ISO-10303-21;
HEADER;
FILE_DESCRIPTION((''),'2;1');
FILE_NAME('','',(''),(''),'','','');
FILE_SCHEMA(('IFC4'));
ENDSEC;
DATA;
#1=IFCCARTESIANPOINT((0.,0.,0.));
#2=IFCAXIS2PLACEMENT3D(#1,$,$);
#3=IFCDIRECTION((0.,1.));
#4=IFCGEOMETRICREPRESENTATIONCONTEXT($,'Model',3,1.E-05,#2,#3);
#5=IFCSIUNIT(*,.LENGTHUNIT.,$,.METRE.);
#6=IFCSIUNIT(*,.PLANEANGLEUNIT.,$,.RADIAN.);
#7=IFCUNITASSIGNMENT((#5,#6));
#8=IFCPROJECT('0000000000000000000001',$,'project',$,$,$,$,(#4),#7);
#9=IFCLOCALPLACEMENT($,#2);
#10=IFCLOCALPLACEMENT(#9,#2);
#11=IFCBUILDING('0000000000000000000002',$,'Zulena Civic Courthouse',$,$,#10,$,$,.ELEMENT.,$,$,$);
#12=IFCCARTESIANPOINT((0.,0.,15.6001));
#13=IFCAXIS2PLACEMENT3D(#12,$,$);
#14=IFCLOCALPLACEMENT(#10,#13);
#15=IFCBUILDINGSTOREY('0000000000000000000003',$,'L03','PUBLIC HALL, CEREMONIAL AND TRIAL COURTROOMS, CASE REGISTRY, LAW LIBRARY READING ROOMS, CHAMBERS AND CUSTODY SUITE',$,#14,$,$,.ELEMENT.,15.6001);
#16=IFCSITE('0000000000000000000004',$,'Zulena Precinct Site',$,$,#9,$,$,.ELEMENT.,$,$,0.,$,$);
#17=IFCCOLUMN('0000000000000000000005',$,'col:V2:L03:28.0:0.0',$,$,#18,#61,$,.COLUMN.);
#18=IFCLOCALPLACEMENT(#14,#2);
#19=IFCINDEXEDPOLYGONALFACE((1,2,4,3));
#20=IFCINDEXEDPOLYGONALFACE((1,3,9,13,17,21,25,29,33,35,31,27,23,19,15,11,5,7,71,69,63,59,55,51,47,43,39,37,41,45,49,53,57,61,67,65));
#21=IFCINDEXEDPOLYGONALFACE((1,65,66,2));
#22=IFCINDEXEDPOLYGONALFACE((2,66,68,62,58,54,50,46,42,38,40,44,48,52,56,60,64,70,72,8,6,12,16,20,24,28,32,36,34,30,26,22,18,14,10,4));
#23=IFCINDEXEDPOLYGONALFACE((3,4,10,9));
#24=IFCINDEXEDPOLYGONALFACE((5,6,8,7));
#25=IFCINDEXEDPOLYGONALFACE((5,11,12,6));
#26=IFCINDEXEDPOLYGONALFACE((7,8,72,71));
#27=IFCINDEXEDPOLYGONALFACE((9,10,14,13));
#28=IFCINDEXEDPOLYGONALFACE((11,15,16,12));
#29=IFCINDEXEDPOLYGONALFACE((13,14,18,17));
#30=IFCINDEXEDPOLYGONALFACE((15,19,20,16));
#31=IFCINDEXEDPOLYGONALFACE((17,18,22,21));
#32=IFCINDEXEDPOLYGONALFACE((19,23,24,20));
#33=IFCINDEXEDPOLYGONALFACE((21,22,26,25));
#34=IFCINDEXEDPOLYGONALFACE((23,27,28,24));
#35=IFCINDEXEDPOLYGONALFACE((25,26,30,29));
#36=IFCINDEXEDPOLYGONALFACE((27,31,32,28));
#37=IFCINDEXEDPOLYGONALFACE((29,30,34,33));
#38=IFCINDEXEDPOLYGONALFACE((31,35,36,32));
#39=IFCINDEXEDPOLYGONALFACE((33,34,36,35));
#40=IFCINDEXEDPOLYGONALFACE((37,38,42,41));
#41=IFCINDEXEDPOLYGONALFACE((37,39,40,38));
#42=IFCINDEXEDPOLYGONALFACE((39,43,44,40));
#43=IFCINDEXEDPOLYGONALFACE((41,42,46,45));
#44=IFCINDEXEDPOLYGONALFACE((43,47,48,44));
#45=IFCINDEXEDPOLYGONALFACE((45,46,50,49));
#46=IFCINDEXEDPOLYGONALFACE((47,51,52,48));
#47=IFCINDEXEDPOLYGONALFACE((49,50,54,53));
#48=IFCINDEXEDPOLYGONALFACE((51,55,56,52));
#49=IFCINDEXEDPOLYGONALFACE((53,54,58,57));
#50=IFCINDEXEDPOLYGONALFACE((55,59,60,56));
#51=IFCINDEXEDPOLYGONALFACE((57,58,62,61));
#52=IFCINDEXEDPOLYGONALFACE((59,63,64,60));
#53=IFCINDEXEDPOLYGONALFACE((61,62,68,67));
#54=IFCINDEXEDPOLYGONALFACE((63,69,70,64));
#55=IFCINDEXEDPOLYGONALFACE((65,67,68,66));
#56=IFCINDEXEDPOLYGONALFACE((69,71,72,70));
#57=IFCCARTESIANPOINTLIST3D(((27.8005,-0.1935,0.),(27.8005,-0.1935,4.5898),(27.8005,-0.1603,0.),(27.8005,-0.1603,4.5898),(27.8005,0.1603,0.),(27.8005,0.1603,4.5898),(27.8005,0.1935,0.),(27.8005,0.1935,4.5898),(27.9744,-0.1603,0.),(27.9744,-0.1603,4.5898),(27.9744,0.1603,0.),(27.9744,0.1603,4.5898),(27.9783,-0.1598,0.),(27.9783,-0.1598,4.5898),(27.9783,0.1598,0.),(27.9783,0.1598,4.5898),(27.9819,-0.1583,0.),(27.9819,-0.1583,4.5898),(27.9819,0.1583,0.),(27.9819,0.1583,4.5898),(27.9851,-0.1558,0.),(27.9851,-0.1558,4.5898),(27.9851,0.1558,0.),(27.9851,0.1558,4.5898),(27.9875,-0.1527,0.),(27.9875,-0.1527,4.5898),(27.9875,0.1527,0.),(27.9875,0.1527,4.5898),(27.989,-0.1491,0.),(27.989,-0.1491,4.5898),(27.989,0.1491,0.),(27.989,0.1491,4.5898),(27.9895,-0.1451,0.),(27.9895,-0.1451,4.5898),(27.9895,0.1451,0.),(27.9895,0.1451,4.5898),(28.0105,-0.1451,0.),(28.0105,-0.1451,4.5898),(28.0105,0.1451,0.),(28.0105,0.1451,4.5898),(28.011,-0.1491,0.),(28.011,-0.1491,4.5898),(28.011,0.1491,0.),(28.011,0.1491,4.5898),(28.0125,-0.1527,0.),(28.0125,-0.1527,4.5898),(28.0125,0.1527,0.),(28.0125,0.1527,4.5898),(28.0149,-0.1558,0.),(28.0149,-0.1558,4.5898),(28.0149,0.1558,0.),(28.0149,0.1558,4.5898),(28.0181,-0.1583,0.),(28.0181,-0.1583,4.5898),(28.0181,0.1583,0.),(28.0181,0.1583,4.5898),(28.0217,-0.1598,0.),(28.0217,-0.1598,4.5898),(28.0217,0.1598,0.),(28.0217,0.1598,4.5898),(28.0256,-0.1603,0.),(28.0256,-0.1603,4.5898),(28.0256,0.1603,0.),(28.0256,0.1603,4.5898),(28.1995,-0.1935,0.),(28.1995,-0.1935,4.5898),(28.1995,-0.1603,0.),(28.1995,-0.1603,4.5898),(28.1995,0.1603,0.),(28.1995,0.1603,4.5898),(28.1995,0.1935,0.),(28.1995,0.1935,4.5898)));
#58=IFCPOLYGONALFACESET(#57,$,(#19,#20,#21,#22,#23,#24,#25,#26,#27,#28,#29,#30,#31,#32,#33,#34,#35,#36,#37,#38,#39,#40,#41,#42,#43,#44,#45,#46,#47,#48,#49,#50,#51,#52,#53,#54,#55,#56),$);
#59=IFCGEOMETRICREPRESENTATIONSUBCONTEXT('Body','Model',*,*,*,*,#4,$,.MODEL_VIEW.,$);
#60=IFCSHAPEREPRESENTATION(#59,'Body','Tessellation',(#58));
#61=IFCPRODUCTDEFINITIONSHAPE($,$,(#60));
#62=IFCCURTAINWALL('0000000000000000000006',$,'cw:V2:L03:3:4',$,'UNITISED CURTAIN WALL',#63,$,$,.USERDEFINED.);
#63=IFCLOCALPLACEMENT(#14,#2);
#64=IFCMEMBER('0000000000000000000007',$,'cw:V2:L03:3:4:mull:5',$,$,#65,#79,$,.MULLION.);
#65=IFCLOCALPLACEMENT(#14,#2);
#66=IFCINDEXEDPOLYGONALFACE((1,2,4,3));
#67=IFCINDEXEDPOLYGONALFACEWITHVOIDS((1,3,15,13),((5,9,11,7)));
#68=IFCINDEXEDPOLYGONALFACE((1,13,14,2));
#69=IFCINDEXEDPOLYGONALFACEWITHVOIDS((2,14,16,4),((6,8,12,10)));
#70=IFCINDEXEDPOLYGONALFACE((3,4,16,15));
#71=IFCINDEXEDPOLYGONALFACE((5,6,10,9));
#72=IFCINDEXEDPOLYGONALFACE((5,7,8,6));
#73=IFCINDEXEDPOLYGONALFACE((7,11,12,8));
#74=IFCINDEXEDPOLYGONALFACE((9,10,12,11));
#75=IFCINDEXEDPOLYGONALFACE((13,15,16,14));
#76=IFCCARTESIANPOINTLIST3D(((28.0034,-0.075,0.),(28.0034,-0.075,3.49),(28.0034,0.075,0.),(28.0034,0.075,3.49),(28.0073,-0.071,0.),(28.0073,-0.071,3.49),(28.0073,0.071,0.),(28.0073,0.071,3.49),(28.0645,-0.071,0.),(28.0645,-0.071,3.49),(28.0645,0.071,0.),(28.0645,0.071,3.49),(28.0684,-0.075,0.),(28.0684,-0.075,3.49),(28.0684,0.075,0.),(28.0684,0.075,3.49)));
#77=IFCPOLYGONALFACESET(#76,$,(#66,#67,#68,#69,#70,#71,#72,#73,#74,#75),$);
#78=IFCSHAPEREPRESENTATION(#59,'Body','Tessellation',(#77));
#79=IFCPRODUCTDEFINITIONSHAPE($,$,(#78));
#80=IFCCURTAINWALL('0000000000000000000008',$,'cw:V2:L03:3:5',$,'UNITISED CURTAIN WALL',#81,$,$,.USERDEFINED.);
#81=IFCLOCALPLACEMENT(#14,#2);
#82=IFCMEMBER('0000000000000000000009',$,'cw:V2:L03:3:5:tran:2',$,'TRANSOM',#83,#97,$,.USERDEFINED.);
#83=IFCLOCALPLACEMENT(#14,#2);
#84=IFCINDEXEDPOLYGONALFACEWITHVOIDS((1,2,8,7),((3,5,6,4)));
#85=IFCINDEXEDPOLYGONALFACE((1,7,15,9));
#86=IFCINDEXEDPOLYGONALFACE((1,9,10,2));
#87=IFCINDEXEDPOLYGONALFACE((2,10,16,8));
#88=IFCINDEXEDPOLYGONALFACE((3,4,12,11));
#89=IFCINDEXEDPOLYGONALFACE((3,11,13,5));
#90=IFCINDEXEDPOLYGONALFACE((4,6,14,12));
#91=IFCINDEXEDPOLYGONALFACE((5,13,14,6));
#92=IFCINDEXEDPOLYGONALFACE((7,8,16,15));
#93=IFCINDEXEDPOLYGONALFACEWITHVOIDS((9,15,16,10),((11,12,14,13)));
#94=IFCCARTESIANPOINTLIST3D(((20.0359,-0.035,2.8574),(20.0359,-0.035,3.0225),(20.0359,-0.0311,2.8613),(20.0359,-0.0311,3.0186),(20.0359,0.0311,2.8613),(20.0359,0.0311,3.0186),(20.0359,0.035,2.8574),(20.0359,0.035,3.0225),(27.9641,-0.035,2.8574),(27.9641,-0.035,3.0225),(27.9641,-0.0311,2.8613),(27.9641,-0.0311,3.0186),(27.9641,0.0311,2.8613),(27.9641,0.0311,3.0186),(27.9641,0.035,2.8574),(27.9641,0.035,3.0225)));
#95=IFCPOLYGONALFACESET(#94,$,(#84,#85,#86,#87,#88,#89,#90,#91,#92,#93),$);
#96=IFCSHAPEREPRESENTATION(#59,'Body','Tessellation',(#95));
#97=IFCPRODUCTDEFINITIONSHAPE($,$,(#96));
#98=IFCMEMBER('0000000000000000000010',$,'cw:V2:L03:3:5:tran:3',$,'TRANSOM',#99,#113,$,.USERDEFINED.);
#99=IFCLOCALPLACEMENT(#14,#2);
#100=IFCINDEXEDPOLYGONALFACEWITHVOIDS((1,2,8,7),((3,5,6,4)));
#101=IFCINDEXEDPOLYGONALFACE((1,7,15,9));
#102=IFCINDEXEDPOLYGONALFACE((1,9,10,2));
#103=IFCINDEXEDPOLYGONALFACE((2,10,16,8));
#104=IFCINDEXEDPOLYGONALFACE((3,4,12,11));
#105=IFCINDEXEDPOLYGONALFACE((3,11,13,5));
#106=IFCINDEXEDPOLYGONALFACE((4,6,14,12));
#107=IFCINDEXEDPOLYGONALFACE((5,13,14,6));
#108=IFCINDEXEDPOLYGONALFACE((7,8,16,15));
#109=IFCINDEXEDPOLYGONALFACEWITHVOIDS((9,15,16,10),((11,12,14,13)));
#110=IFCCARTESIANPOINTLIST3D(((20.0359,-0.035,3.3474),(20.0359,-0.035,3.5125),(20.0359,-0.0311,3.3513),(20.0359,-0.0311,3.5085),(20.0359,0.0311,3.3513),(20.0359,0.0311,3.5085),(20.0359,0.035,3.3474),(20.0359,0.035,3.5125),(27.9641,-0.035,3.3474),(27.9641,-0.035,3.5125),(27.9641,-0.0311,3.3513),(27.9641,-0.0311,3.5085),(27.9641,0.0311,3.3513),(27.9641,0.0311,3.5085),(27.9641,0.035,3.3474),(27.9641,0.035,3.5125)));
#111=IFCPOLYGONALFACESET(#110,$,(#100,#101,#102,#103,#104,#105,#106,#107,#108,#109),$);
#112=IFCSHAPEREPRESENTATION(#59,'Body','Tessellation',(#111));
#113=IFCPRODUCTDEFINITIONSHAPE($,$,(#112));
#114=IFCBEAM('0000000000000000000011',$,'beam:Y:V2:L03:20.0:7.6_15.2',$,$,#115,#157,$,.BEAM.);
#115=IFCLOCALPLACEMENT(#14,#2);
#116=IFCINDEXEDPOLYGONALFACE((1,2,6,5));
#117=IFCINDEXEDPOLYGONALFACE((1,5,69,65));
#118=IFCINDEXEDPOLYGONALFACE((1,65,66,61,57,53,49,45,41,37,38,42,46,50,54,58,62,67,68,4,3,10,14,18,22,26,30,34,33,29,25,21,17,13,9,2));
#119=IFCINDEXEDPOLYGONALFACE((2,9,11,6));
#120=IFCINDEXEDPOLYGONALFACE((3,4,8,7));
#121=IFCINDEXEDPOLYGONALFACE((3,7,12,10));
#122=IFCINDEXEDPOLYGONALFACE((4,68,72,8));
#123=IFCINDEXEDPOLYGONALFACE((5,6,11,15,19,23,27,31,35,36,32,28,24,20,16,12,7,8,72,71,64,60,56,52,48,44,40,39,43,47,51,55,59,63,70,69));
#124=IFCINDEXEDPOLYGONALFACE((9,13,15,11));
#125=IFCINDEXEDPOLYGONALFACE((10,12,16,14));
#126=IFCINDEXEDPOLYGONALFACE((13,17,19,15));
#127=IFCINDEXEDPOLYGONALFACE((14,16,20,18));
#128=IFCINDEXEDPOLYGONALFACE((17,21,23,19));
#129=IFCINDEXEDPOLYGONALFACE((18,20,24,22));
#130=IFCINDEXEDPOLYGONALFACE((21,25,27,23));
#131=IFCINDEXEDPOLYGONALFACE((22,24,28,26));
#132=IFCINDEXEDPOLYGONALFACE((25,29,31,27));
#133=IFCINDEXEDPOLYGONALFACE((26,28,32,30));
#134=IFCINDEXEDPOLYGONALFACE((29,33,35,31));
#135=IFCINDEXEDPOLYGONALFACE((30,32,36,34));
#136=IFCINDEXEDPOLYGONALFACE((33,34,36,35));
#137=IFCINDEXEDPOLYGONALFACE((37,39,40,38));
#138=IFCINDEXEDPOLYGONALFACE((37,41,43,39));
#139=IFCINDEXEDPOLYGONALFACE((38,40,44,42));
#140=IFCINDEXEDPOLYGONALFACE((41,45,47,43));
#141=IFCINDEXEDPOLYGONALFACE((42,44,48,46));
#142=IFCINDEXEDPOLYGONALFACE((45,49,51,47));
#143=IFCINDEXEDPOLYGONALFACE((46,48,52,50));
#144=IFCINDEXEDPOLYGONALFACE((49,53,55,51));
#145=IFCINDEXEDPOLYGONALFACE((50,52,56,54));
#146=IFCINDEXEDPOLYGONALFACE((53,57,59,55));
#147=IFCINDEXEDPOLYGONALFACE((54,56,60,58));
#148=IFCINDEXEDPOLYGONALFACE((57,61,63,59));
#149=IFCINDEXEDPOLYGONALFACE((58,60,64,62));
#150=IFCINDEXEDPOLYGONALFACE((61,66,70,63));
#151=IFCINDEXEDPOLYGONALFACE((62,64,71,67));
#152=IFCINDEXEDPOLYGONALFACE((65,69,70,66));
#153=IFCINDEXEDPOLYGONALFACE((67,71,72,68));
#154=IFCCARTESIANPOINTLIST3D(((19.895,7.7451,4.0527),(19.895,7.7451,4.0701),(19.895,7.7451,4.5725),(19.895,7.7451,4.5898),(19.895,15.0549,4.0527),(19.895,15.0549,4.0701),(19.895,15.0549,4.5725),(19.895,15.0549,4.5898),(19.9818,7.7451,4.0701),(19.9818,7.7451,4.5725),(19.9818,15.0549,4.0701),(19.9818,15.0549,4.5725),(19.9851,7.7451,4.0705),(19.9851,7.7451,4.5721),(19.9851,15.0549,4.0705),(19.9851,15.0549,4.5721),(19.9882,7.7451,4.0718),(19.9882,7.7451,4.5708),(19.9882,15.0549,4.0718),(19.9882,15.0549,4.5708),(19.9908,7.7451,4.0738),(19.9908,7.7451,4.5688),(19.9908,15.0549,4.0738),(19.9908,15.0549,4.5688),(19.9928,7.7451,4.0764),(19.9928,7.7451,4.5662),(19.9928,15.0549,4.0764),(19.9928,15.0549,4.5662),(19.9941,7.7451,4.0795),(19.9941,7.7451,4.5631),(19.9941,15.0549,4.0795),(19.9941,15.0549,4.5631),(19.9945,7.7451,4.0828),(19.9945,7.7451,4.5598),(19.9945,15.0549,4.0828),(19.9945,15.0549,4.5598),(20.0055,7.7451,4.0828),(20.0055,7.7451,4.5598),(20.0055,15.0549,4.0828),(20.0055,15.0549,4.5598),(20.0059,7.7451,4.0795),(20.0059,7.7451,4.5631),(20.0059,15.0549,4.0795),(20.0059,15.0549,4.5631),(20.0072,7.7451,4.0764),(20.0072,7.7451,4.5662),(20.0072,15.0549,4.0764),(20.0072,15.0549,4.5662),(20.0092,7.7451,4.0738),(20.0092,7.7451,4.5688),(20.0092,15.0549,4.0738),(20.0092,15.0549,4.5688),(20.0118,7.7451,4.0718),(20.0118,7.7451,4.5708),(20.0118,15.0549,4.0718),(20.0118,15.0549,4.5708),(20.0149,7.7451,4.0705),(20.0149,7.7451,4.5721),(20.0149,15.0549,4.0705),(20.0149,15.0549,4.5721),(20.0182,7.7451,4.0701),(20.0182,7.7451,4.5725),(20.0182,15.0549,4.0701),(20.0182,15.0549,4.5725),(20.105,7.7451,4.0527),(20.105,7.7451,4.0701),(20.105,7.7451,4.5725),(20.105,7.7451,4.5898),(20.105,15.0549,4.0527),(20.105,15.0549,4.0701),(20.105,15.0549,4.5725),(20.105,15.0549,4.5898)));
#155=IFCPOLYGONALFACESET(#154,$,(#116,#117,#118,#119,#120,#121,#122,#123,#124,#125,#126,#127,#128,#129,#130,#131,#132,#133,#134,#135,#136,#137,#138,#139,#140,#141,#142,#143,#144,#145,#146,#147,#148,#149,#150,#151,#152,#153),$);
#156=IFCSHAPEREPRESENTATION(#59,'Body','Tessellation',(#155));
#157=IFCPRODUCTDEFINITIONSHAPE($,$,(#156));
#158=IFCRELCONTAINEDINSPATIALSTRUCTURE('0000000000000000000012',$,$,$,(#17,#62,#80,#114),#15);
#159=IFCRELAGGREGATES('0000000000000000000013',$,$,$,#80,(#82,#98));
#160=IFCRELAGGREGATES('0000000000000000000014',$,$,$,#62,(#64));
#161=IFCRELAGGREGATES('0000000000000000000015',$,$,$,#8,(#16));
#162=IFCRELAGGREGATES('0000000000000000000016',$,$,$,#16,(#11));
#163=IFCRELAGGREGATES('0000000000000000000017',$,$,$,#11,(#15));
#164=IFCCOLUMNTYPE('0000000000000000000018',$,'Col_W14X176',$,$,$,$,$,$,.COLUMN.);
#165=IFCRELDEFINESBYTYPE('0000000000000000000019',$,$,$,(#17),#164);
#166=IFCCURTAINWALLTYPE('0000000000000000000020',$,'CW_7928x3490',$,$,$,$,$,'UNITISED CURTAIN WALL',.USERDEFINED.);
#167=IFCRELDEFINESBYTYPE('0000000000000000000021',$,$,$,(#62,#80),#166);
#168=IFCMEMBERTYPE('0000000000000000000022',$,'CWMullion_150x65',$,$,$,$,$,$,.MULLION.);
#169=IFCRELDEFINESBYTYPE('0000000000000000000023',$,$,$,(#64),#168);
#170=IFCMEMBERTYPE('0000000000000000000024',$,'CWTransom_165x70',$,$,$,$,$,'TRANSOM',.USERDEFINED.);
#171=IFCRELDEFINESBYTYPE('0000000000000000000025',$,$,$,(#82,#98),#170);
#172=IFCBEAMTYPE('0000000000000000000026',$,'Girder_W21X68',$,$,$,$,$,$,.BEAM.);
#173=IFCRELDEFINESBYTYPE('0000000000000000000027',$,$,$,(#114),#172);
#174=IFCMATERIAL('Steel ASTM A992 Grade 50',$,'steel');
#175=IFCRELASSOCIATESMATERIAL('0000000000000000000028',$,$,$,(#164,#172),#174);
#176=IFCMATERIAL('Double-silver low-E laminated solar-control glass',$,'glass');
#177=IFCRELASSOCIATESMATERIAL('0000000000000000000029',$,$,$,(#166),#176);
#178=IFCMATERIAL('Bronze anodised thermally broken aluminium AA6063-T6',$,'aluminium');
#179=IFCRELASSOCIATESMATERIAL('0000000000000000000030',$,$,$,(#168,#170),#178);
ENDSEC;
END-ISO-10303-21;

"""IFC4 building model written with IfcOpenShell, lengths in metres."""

from ifc_helpers import new_model, si_unit, direction, frame, origin, origin_2d, place, context, subcontext, project, spatial, hollow_rectangle, i_section, extrude, material, material_profile, profile_set, type_object, element, aggregate, save


model = new_model("IFC4")

# Units and contexts
model_context = context("Model", 3, precision=1e-05, world=origin(), true_north=direction((0.0, 1.0)))
body_context = subcontext(model_context, "Body", "Model", "MODEL_VIEW")
ifc_project = project(units=[si_unit("LENGTHUNIT", "METRE"), si_unit("PLANEANGLEUNIT", "RADIAN")], contexts=[model_context])

# Site, building, storey
site_placement = place(None, origin())
site = spatial("IfcSite", under=ifc_project, at=site_placement, Name="Zulena Precinct Site", CompositionType="ELEMENT", RefElevation=0.0)
building_placement = place(site_placement, origin())
building = spatial("IfcBuilding", under=site, at=building_placement, Name="Zulena Civic Courthouse", CompositionType="ELEMENT")
storey_placement = place(building_placement, frame((0.0, 0.0, 15.6001)))
storey = spatial("IfcBuildingStorey", under=building, at=storey_placement, Name="L03", Description="PUBLIC HALL, CEREMONIAL AND TRIAL COURTROOMS, CASE REGISTRY, LAW LIBRARY READING ROOMS, CHAMBERS AND CUSTODY SUITE", CompositionType="ELEMENT", Elevation=15.6001)

# Column
ifc_material_1 = material(Name="Steel ASTM A992 Grade 50", Category="steel")
ifc_material_profile_1 = material_profile(ifc_material_1, i_section(OverallWidth=0.3989, OverallDepth=0.387, WebThickness=0.021, FlangeThickness=0.0332, FilletRadius=0.0151, at=origin_2d()), Name="W14X176")
ifc_profile_set_1 = profile_set([ifc_material_profile_1], Name="Steel ASTM A992 Grade 50")
column_type_1 = type_object("IfcColumnType", Name="Col_W14X176", PredefinedType="COLUMN", material=ifc_profile_set_1)
column_placement = place(storey_placement, frame((28.0, 0.0, 0.0), z_axis=(0.0, 0.0, 1.0), x_axis=(1.0, 0.0, 0.0)))
element("IfcColumn", 1, at=column_placement, inside=storey, type_object=column_type_1, Name="col:V2:L03:28.0:0.0", PredefinedType="COLUMN", context=body_context, shape_type="SweptSolid", body=[
    extrude(i_section(OverallWidth=0.3989, OverallDepth=0.387, WebThickness=0.021, FlangeThickness=0.0332, FilletRadius=0.0151, at=origin_2d()), origin(), (0.0, 0.0, 1.0), 4.5898),
])

# Curtain wall, member
ifc_material_2 = material(Name="Double-silver low-E laminated solar-control glass", Category="glass")
curtain_wall_type = type_object("IfcCurtainWallType", Name="CW_7928x3490", ElementType="UNITISED CURTAIN WALL", PredefinedType="USERDEFINED", material=ifc_material_2)
curtain_wall_1_placement = place(storey_placement, origin())
curtain_wall_1 = element("IfcCurtainWall", 2, at=curtain_wall_1_placement, inside=storey, type_object=curtain_wall_type, Name="cw:V2:L03:3:4", ObjectType="UNITISED CURTAIN WALL", PredefinedType="USERDEFINED")
ifc_material_3 = material(Name="Bronze anodised thermally broken aluminium AA6063-T6", Category="aluminium")
ifc_material_profile_2 = material_profile(ifc_material_3, hollow_rectangle(XDim=0.0649, YDim=0.1499, WallThickness=0.0039, at=origin_2d()), Name="CWM150X65X4")
ifc_profile_set_2 = profile_set([ifc_material_profile_2], Name="Bronze anodised thermally broken aluminium AA6063-T6")
member_type_1 = type_object("IfcMemberType", Name="CWMullion_150x65", PredefinedType="MULLION", material=ifc_profile_set_2)
member_1_placement = place(storey_placement, frame((28.0359, 0.0, 0.0), z_axis=(0.0, 0.0, 1.0), x_axis=(1.0, 0.0, 0.0)))
member_1 = element("IfcMember", 3, at=member_1_placement, type_object=member_type_1, Name="cw:V2:L03:3:4:mull:5", PredefinedType="MULLION", context=body_context, shape_type="SweptSolid", body=[
    extrude(hollow_rectangle(XDim=0.0649, YDim=0.1499, WallThickness=0.0039, at=origin_2d()), origin(), (0.0, 0.0, 1.0), 3.49),
])

# Curtain wall, members
curtain_wall_2_placement = place(storey_placement, origin())
curtain_wall_2 = element("IfcCurtainWall", 4, at=curtain_wall_2_placement, inside=storey, type_object=curtain_wall_type, Name="cw:V2:L03:3:5", ObjectType="UNITISED CURTAIN WALL", PredefinedType="USERDEFINED")
ifc_material_profile_3 = material_profile(ifc_material_3, hollow_rectangle(XDim=0.0701, YDim=0.165, WallThickness=0.0039, at=origin_2d()), Name="CWT165X70X4")
ifc_profile_set_3 = profile_set([ifc_material_profile_3], Name="Bronze anodised thermally broken aluminium AA6063-T6")
member_type_2 = type_object("IfcMemberType", Name="CWTransom_165x70", ElementType="TRANSOM", PredefinedType="USERDEFINED", material=ifc_profile_set_3)
member_2_placement = place(storey_placement, frame((27.9641, 0.0, 2.9399), z_axis=(-1.0, 0.0, 0.0), x_axis=(0.0, -1.0, 0.0)))
member_2 = element("IfcMember", 5, at=member_2_placement, type_object=member_type_2, Name="cw:V2:L03:3:5:tran:2", ObjectType="TRANSOM", PredefinedType="USERDEFINED", context=body_context, shape_type="SweptSolid", body=[
    extrude(hollow_rectangle(XDim=0.0701, YDim=0.165, WallThickness=0.0039, at=origin_2d()), origin(), (0.0, 0.0, 1.0), 7.9282),
])
member_3_placement = place(storey_placement, frame((27.9641, 0.0, 3.4299), z_axis=(-1.0, 0.0, 0.0), x_axis=(0.0, -1.0, 0.0)))
member_3 = element("IfcMember", 6, at=member_3_placement, type_object=member_type_2, Name="cw:V2:L03:3:5:tran:3", ObjectType="TRANSOM", PredefinedType="USERDEFINED", context=body_context, shape_type="SweptSolid", body=[
    extrude(hollow_rectangle(XDim=0.0701, YDim=0.165, WallThickness=0.0039, at=origin_2d()), origin(), (0.0, 0.0, 1.0), 7.9282),
])
aggregate(curtain_wall_2, [member_2, member_3])

# Beam
ifc_material_profile_4 = material_profile(ifc_material_1, i_section(OverallWidth=0.21, OverallDepth=0.5371, WebThickness=0.011, FlangeThickness=0.0173, FilletRadius=0.0127, at=origin_2d()), Name="W21X68")
ifc_profile_set_4 = profile_set([ifc_material_profile_4], Name="Steel ASTM A992 Grade 50")
beam_type_1 = type_object("IfcBeamType", Name="Girder_W21X68", PredefinedType="BEAM", material=ifc_profile_set_4)
for number, where, z_axis, x_axis, name in (
    (7, (20.0, 7.7451, 4.3213), (0.0, 1.0, 0.0), (-1.0, 0.0, 0.0), "beam:Y:V2:L03:20.0:7.6_15.2"),
):
    element("IfcBeam", number, at=place(storey_placement, frame(where, z_axis=z_axis, x_axis=x_axis)), inside=storey, type_object=beam_type_1, Name=name, PredefinedType="BEAM", context=body_context, shape_type="SweptSolid", body=[
        extrude(i_section(OverallWidth=0.21, OverallDepth=0.5371, WebThickness=0.011, FlangeThickness=0.0173, FilletRadius=0.0127, at=origin_2d()), origin(), (0.0, 0.0, 1.0), 7.3098),
    ])

aggregate(curtain_wall_1, [member_1])

save(model, "model.ifc")
